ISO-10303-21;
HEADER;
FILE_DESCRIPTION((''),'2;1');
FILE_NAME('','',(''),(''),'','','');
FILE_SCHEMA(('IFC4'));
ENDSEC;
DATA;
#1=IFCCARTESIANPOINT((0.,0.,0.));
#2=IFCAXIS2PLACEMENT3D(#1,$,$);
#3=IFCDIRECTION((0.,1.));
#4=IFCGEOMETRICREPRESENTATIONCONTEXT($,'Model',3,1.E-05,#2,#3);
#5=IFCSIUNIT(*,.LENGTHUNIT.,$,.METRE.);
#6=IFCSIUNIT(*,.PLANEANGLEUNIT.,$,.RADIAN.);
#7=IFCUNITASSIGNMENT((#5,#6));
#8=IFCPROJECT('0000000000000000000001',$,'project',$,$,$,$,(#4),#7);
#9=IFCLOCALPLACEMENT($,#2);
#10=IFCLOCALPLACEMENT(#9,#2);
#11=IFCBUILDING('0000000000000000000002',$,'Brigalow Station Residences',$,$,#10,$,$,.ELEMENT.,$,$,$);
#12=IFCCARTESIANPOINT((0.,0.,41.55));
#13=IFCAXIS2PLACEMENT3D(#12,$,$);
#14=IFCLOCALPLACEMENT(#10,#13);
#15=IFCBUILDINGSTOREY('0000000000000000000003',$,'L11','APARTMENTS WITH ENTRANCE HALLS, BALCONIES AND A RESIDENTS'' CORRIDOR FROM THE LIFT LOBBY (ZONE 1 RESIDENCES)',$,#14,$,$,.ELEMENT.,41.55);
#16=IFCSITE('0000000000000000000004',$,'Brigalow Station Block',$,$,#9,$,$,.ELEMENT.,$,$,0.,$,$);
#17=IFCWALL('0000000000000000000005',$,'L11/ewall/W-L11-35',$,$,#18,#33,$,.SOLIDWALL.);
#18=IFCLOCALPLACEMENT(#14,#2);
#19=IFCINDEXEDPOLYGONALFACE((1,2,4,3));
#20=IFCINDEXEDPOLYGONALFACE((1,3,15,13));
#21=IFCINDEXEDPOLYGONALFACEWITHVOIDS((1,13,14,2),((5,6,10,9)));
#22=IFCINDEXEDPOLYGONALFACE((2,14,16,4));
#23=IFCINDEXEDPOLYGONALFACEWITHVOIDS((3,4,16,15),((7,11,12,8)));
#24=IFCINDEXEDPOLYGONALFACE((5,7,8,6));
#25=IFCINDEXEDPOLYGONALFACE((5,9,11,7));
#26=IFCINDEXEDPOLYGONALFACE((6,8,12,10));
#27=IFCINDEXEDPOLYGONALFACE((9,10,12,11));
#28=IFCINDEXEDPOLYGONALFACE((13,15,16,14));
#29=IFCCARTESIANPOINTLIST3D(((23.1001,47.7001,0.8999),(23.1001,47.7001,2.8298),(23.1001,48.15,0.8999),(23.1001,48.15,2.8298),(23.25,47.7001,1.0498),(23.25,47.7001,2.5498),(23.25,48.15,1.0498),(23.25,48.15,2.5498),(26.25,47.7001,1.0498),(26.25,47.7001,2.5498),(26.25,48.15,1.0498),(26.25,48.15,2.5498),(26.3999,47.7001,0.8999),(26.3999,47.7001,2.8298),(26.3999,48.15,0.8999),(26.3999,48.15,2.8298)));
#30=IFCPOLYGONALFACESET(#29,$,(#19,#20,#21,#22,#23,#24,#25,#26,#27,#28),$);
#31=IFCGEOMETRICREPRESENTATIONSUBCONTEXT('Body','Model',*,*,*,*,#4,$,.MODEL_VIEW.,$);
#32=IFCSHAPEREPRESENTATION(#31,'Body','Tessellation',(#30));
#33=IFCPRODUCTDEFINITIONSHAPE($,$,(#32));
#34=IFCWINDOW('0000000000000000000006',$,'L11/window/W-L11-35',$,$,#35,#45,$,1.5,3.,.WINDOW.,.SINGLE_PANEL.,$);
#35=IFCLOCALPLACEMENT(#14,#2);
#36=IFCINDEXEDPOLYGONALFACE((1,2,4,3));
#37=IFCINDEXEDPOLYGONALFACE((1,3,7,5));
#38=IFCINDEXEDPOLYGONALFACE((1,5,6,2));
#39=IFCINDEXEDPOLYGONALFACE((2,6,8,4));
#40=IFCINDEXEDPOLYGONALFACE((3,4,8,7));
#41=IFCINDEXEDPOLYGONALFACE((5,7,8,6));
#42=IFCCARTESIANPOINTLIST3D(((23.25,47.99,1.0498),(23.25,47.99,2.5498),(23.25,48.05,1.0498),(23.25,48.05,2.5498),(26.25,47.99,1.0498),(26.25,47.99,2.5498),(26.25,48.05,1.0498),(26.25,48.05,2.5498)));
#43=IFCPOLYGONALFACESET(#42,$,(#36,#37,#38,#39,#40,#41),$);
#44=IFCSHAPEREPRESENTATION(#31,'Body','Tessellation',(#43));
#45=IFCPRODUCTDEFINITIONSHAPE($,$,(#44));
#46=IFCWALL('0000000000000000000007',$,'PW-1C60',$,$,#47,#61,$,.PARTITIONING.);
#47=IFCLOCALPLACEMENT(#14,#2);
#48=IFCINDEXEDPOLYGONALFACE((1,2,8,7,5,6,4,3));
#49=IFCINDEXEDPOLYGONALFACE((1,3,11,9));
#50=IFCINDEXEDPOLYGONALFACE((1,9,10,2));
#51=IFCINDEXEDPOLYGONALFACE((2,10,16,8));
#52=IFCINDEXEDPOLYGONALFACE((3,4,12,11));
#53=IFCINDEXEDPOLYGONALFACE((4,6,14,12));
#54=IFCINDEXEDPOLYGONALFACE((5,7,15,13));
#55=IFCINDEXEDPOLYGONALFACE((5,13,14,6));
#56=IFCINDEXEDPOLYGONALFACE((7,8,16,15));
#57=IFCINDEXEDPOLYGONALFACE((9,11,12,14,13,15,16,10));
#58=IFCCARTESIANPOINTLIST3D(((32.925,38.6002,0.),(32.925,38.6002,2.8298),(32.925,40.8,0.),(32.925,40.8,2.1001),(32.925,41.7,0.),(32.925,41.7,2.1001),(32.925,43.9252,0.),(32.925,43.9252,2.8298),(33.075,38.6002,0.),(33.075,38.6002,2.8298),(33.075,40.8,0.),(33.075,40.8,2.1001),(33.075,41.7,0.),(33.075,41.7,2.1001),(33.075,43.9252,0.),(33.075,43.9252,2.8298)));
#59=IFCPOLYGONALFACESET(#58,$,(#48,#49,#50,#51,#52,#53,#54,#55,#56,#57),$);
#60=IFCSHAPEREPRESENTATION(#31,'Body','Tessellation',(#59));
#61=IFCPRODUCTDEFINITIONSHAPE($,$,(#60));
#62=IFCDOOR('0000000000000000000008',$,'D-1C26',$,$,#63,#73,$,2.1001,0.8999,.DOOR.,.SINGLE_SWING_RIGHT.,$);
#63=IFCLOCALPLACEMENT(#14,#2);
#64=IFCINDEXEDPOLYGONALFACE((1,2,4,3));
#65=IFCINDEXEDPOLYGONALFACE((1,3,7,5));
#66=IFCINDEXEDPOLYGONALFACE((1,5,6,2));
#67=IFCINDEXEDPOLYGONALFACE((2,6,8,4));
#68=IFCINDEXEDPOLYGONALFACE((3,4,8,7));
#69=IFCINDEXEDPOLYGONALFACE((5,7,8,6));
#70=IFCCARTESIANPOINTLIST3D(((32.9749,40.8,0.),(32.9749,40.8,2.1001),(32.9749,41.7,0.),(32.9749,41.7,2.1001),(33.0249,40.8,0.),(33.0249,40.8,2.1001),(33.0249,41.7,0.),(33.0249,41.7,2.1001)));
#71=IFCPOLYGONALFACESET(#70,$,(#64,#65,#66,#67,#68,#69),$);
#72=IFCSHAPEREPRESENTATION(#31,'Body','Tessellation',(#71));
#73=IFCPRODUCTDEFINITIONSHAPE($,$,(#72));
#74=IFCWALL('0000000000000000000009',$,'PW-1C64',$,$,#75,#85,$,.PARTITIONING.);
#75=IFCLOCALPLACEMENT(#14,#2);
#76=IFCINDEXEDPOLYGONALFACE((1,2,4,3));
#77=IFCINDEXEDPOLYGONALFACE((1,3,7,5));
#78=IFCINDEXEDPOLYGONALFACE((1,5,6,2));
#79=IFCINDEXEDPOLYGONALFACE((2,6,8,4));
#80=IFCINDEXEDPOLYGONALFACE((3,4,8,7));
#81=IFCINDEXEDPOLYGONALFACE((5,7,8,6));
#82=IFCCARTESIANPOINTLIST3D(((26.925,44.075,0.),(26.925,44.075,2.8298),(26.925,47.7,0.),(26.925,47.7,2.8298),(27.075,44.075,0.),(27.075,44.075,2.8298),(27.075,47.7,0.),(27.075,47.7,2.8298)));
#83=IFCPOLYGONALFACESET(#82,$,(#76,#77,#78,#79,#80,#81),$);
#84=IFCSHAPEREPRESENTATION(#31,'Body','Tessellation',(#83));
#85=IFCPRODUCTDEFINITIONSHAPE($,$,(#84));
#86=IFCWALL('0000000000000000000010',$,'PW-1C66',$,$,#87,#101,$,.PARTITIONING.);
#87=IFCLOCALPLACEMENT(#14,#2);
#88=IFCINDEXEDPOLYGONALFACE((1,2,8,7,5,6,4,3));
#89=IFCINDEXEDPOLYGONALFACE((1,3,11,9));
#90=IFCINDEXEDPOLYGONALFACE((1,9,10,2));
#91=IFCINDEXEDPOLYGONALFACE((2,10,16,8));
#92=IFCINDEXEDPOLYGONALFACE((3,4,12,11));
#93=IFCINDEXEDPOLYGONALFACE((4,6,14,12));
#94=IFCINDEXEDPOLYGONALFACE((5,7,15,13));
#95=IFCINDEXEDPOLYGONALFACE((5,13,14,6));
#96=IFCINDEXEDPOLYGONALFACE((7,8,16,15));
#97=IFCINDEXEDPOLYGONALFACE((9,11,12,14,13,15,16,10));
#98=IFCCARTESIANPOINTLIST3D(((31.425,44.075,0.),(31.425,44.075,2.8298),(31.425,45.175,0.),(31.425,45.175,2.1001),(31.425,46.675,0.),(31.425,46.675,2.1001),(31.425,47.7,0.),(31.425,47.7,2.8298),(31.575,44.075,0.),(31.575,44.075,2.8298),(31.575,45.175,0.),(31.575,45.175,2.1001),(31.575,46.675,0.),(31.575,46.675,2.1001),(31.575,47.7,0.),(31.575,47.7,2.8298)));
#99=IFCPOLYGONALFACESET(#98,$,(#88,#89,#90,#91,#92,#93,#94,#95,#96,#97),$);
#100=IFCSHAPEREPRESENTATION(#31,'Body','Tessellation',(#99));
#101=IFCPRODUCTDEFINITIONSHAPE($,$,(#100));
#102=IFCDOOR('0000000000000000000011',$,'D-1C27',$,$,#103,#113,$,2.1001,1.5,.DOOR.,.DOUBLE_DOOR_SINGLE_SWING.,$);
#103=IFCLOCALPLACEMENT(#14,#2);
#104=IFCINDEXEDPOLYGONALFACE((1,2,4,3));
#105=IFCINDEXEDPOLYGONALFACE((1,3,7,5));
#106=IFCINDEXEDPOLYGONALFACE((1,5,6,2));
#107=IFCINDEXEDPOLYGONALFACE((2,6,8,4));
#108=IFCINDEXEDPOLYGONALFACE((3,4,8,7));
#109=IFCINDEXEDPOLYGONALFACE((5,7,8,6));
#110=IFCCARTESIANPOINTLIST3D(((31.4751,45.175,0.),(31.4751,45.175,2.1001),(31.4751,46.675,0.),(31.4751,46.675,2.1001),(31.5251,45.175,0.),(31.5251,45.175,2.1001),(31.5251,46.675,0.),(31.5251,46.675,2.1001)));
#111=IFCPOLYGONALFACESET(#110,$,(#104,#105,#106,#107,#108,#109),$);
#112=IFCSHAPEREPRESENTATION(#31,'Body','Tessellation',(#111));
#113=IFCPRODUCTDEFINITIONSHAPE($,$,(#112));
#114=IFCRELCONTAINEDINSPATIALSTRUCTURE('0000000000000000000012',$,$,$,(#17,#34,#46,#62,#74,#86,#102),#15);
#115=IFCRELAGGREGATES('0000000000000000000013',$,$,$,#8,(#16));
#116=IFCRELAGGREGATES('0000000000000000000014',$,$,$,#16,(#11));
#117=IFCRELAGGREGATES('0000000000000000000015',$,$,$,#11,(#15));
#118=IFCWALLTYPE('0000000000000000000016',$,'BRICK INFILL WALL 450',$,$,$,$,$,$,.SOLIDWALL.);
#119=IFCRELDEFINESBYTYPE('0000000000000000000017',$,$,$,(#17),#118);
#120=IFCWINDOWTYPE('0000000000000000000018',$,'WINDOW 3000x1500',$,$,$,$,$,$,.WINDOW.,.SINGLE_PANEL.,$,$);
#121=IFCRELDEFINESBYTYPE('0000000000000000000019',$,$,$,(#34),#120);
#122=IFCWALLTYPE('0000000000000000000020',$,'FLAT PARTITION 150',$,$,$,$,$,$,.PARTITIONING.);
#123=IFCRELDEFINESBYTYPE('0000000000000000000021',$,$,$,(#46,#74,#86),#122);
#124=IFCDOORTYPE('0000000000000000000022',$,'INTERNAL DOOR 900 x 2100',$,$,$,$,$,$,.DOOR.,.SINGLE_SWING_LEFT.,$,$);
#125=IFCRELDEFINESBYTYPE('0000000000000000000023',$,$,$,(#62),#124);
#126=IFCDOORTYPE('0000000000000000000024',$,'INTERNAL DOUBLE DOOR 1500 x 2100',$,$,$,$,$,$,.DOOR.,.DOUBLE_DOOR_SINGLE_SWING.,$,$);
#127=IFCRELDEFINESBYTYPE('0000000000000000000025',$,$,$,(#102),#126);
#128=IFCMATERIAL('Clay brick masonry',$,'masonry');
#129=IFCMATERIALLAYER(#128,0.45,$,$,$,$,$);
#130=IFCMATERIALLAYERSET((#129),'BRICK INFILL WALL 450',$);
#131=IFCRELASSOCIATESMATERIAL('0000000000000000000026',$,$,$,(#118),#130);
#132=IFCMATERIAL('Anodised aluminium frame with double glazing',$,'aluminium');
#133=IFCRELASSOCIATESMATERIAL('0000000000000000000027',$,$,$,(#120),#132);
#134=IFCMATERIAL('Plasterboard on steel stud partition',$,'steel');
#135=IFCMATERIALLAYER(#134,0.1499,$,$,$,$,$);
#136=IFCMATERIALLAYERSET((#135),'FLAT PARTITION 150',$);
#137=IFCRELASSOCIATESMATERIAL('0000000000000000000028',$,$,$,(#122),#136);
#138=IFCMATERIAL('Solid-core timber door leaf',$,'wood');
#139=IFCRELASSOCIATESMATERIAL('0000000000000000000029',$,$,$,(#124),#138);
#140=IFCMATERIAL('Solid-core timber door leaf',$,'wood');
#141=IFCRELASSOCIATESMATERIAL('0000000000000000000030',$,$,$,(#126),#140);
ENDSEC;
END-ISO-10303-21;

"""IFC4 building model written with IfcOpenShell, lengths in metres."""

from ifc_helpers import new_model, si_unit, direction, frame, frame_2d, origin, place, context, subcontext, project, spatial, rectangle, extrude, material, layer, layer_set, type_object, element, fill, save


model = new_model("IFC4")

# Units and contexts
model_context = context("Model", 3, precision=1e-05, world=origin(), true_north=direction((0.0, 1.0)))
body_context = subcontext(model_context, "Body", "Model", "MODEL_VIEW")
ifc_project = project(units=[si_unit("LENGTHUNIT", "METRE"), si_unit("PLANEANGLEUNIT", "RADIAN")], contexts=[model_context])

# Site, building, storey
site_placement = place(None, origin())
site = spatial("IfcSite", under=ifc_project, at=site_placement, Name="Brigalow Station Block", CompositionType="ELEMENT", RefElevation=0.0)
building_placement = place(site_placement, origin())
building = spatial("IfcBuilding", under=site, at=building_placement, Name="Brigalow Station Residences", CompositionType="ELEMENT")
storey_placement = place(building_placement, frame((0.0, 0.0, 41.55)))
storey = spatial("IfcBuildingStorey", under=building, at=storey_placement, Name="L11", Description="APARTMENTS WITH ENTRANCE HALLS, BALCONIES AND A RESIDENTS' CORRIDOR FROM THE LIFT LOBBY (ZONE 1 RESIDENCES)", CompositionType="ELEMENT", Elevation=41.55)

# Shared definitions
ifc_material_1 = material(Name="Clay brick masonry", Category="masonry")
ifc_layer_1 = layer(ifc_material_1, 0.45)
ifc_layer_set_1 = layer_set([ifc_layer_1], Name="BRICK INFILL WALL 450")
wall_type_1 = type_object("IfcWallType", Name="BRICK INFILL WALL 450", PredefinedType="SOLIDWALL", material=ifc_layer_set_1)

# Wall, opening, window
wall_1_placement = place(storey_placement, frame((26.3999, 47.925, 0.8999), z_axis=(0.0, 0.0, 1.0), x_axis=(-1.0, 0.0, 0.0)))
wall_1 = element("IfcWall", 1, at=wall_1_placement, inside=storey, type_object=wall_type_1, Name="L11/ewall/W-L11-35", PredefinedType="SOLIDWALL", context=body_context, shape_type="SweptSolid", body=[
    extrude(rectangle(XDim=3.2998, YDim=0.45, at=frame_2d((1.6499, 0.0))), origin(), (0.0, 0.0, 1.0), 1.9299),
])
opening_1_placement = place(wall_1_placement, frame((0.1499, 0.0, 0.1499)))
opening_1 = element("IfcOpeningElement", 2, at=opening_1_placement, cuts=wall_1, PredefinedType="OPENING", context=body_context, shape_type="SweptSolid", body=[
    extrude(rectangle(XDim=3.0, YDim=1.5, at=frame_2d((1.5, 0.75))), frame((0.0, 0.2349, 0.0), z_axis=(0.0, -1.0, 0.0), x_axis=(1.0, 0.0, 0.0)), (0.0, 0.0, 1.0), 0.47),
])
ifc_material_2 = material(Name="Anodised aluminium frame with double glazing", Category="aluminium")
window_type = type_object("IfcWindowType", Name="WINDOW 3000x1500", PartitioningType="SINGLE_PANEL", PredefinedType="WINDOW", material=ifc_material_2)
window_placement = place(opening_1_placement, origin())
window = element("IfcWindow", 3, at=window_placement, inside=storey, type_object=window_type, Name="L11/window/W-L11-35", OverallHeight=1.5, OverallWidth=3.0, PartitioningType="SINGLE_PANEL", PredefinedType="WINDOW", context=body_context, shape_type="SweptSolid", body=[
    extrude(rectangle(XDim=3.0, YDim=1.5, at=frame_2d((1.5, 0.75))), frame((0.0, -0.0649, 0.0), z_axis=(0.0, -1.0, 0.0), x_axis=(1.0, 0.0, 0.0)), (0.0, 0.0, 1.0), 0.0601),
])
fill(opening_1, window)

# Wall, opening, door
ifc_material_3 = material(Name="Plasterboard on steel stud partition", Category="steel")
ifc_layer_2 = layer(ifc_material_3, 0.1499)
ifc_layer_set_2 = layer_set([ifc_layer_2], Name="FLAT PARTITION 150")
wall_type_2 = type_object("IfcWallType", Name="FLAT PARTITION 150", PredefinedType="PARTITIONING", material=ifc_layer_set_2)
wall_2_placement = place(storey_placement, frame((33.0, 38.6001, 0.0), z_axis=(0.0, 0.0, 1.0), x_axis=(0.0, 1.0, 0.0)))
wall_2 = element("IfcWall", 4, at=wall_2_placement, inside=storey, type_object=wall_type_2, Name="PW-1C60", PredefinedType="PARTITIONING", context=body_context, shape_type="SweptSolid", body=[
    extrude(rectangle(XDim=5.325, YDim=0.1499, at=frame_2d((2.6626, 0.0))), origin(), (0.0, 0.0, 1.0), 2.8298),
])
opening_2_placement = place(wall_2_placement, frame((2.2, 0.0, 0.0)))
opening_2 = element("IfcOpeningElement", 5, at=opening_2_placement, cuts=wall_2, PredefinedType="OPENING", context=body_context, shape_type="SweptSolid", body=[
    extrude(rectangle(XDim=0.8999, YDim=2.1001, at=frame_2d((0.45, 1.05))), frame((0.0, 0.085, 0.0), z_axis=(0.0, -1.0, 0.0), x_axis=(1.0, 0.0, 0.0)), (0.0, 0.0, 1.0), 0.1699),
])
ifc_material_4 = material(Name="Solid-core timber door leaf", Category="wood")
door_type_1 = type_object("IfcDoorType", Name="INTERNAL DOOR 900 x 2100", OperationType="SINGLE_SWING_LEFT", PredefinedType="DOOR", material=ifc_material_4)
door_1_placement = place(opening_2_placement, frame((0.8999, 0.0, 0.0), z_axis=(0.0, 0.0, 1.0), x_axis=(-1.0, 0.0, 0.0)))
door_1 = element("IfcDoor", 6, at=door_1_placement, inside=storey, type_object=door_type_1, Name="D-1C26", OperationType="SINGLE_SWING_RIGHT", OverallHeight=2.1001, OverallWidth=0.8999, PredefinedType="DOOR", context=body_context, shape_type="SweptSolid", body=[
    extrude(rectangle(XDim=0.8999, YDim=2.1001, at=frame_2d((0.45, 1.05))), frame((0.0, 0.0249, 0.0), z_axis=(0.0, -1.0, 0.0), x_axis=(1.0, 0.0, 0.0)), (0.0, 0.0, 1.0), 0.05),
])
fill(opening_2, door_1)

# Wall
wall_3_placement = place(storey_placement, frame((27.0, 44.075, 0.0), z_axis=(0.0, 0.0, 1.0), x_axis=(0.0, 1.0, 0.0)))
element("IfcWall", 7, at=wall_3_placement, inside=storey, type_object=wall_type_2, Name="PW-1C64", PredefinedType="PARTITIONING", context=body_context, shape_type="SweptSolid", body=[
    extrude(rectangle(XDim=3.625, YDim=0.1499, at=frame_2d((1.8125, 0.0))), origin(), (0.0, 0.0, 1.0), 2.8298),
])

# Wall, opening, door
wall_4_placement = place(storey_placement, frame((31.5, 44.075, 0.0), z_axis=(0.0, 0.0, 1.0), x_axis=(0.0, 1.0, 0.0)))
wall_4 = element("IfcWall", 8, at=wall_4_placement, inside=storey, type_object=wall_type_2, Name="PW-1C66", PredefinedType="PARTITIONING", context=body_context, shape_type="SweptSolid", body=[
    extrude(rectangle(XDim=3.625, YDim=0.1499, at=frame_2d((1.8125, 0.0))), origin(), (0.0, 0.0, 1.0), 2.8298),
])
opening_3_placement = place(wall_4_placement, frame((1.1001, 0.0, 0.0)))
opening_3 = element("IfcOpeningElement", 9, at=opening_3_placement, cuts=wall_4, PredefinedType="OPENING", context=body_context, shape_type="SweptSolid", body=[
    extrude(rectangle(XDim=1.5, YDim=2.1001, at=frame_2d((0.75, 1.05))), frame((0.0, 0.085, 0.0), z_axis=(0.0, -1.0, 0.0), x_axis=(1.0, 0.0, 0.0)), (0.0, 0.0, 1.0), 0.1699),
])
ifc_material_5 = material(Name="Solid-core timber door leaf", Category="wood")
door_type_2 = type_object("IfcDoorType", Name="INTERNAL DOUBLE DOOR 1500 x 2100", OperationType="DOUBLE_DOOR_SINGLE_SWING", PredefinedType="DOOR", material=ifc_material_5)
door_2_placement = place(opening_3_placement, origin())
door_2 = element("IfcDoor", 10, at=door_2_placement, inside=storey, type_object=door_type_2, Name="D-1C27", OperationType="DOUBLE_DOOR_SINGLE_SWING", OverallHeight=2.1001, OverallWidth=1.5, PredefinedType="DOOR", context=body_context, shape_type="SweptSolid", body=[
    extrude(rectangle(XDim=1.5, YDim=2.1001, at=frame_2d((0.75, 1.05))), frame((0.0, 0.0249, 0.0), z_axis=(0.0, -1.0, 0.0), x_axis=(1.0, 0.0, 0.0)), (0.0, 0.0, 1.0), 0.05),
])
fill(opening_3, door_2)

save(model, "model.ifc")
